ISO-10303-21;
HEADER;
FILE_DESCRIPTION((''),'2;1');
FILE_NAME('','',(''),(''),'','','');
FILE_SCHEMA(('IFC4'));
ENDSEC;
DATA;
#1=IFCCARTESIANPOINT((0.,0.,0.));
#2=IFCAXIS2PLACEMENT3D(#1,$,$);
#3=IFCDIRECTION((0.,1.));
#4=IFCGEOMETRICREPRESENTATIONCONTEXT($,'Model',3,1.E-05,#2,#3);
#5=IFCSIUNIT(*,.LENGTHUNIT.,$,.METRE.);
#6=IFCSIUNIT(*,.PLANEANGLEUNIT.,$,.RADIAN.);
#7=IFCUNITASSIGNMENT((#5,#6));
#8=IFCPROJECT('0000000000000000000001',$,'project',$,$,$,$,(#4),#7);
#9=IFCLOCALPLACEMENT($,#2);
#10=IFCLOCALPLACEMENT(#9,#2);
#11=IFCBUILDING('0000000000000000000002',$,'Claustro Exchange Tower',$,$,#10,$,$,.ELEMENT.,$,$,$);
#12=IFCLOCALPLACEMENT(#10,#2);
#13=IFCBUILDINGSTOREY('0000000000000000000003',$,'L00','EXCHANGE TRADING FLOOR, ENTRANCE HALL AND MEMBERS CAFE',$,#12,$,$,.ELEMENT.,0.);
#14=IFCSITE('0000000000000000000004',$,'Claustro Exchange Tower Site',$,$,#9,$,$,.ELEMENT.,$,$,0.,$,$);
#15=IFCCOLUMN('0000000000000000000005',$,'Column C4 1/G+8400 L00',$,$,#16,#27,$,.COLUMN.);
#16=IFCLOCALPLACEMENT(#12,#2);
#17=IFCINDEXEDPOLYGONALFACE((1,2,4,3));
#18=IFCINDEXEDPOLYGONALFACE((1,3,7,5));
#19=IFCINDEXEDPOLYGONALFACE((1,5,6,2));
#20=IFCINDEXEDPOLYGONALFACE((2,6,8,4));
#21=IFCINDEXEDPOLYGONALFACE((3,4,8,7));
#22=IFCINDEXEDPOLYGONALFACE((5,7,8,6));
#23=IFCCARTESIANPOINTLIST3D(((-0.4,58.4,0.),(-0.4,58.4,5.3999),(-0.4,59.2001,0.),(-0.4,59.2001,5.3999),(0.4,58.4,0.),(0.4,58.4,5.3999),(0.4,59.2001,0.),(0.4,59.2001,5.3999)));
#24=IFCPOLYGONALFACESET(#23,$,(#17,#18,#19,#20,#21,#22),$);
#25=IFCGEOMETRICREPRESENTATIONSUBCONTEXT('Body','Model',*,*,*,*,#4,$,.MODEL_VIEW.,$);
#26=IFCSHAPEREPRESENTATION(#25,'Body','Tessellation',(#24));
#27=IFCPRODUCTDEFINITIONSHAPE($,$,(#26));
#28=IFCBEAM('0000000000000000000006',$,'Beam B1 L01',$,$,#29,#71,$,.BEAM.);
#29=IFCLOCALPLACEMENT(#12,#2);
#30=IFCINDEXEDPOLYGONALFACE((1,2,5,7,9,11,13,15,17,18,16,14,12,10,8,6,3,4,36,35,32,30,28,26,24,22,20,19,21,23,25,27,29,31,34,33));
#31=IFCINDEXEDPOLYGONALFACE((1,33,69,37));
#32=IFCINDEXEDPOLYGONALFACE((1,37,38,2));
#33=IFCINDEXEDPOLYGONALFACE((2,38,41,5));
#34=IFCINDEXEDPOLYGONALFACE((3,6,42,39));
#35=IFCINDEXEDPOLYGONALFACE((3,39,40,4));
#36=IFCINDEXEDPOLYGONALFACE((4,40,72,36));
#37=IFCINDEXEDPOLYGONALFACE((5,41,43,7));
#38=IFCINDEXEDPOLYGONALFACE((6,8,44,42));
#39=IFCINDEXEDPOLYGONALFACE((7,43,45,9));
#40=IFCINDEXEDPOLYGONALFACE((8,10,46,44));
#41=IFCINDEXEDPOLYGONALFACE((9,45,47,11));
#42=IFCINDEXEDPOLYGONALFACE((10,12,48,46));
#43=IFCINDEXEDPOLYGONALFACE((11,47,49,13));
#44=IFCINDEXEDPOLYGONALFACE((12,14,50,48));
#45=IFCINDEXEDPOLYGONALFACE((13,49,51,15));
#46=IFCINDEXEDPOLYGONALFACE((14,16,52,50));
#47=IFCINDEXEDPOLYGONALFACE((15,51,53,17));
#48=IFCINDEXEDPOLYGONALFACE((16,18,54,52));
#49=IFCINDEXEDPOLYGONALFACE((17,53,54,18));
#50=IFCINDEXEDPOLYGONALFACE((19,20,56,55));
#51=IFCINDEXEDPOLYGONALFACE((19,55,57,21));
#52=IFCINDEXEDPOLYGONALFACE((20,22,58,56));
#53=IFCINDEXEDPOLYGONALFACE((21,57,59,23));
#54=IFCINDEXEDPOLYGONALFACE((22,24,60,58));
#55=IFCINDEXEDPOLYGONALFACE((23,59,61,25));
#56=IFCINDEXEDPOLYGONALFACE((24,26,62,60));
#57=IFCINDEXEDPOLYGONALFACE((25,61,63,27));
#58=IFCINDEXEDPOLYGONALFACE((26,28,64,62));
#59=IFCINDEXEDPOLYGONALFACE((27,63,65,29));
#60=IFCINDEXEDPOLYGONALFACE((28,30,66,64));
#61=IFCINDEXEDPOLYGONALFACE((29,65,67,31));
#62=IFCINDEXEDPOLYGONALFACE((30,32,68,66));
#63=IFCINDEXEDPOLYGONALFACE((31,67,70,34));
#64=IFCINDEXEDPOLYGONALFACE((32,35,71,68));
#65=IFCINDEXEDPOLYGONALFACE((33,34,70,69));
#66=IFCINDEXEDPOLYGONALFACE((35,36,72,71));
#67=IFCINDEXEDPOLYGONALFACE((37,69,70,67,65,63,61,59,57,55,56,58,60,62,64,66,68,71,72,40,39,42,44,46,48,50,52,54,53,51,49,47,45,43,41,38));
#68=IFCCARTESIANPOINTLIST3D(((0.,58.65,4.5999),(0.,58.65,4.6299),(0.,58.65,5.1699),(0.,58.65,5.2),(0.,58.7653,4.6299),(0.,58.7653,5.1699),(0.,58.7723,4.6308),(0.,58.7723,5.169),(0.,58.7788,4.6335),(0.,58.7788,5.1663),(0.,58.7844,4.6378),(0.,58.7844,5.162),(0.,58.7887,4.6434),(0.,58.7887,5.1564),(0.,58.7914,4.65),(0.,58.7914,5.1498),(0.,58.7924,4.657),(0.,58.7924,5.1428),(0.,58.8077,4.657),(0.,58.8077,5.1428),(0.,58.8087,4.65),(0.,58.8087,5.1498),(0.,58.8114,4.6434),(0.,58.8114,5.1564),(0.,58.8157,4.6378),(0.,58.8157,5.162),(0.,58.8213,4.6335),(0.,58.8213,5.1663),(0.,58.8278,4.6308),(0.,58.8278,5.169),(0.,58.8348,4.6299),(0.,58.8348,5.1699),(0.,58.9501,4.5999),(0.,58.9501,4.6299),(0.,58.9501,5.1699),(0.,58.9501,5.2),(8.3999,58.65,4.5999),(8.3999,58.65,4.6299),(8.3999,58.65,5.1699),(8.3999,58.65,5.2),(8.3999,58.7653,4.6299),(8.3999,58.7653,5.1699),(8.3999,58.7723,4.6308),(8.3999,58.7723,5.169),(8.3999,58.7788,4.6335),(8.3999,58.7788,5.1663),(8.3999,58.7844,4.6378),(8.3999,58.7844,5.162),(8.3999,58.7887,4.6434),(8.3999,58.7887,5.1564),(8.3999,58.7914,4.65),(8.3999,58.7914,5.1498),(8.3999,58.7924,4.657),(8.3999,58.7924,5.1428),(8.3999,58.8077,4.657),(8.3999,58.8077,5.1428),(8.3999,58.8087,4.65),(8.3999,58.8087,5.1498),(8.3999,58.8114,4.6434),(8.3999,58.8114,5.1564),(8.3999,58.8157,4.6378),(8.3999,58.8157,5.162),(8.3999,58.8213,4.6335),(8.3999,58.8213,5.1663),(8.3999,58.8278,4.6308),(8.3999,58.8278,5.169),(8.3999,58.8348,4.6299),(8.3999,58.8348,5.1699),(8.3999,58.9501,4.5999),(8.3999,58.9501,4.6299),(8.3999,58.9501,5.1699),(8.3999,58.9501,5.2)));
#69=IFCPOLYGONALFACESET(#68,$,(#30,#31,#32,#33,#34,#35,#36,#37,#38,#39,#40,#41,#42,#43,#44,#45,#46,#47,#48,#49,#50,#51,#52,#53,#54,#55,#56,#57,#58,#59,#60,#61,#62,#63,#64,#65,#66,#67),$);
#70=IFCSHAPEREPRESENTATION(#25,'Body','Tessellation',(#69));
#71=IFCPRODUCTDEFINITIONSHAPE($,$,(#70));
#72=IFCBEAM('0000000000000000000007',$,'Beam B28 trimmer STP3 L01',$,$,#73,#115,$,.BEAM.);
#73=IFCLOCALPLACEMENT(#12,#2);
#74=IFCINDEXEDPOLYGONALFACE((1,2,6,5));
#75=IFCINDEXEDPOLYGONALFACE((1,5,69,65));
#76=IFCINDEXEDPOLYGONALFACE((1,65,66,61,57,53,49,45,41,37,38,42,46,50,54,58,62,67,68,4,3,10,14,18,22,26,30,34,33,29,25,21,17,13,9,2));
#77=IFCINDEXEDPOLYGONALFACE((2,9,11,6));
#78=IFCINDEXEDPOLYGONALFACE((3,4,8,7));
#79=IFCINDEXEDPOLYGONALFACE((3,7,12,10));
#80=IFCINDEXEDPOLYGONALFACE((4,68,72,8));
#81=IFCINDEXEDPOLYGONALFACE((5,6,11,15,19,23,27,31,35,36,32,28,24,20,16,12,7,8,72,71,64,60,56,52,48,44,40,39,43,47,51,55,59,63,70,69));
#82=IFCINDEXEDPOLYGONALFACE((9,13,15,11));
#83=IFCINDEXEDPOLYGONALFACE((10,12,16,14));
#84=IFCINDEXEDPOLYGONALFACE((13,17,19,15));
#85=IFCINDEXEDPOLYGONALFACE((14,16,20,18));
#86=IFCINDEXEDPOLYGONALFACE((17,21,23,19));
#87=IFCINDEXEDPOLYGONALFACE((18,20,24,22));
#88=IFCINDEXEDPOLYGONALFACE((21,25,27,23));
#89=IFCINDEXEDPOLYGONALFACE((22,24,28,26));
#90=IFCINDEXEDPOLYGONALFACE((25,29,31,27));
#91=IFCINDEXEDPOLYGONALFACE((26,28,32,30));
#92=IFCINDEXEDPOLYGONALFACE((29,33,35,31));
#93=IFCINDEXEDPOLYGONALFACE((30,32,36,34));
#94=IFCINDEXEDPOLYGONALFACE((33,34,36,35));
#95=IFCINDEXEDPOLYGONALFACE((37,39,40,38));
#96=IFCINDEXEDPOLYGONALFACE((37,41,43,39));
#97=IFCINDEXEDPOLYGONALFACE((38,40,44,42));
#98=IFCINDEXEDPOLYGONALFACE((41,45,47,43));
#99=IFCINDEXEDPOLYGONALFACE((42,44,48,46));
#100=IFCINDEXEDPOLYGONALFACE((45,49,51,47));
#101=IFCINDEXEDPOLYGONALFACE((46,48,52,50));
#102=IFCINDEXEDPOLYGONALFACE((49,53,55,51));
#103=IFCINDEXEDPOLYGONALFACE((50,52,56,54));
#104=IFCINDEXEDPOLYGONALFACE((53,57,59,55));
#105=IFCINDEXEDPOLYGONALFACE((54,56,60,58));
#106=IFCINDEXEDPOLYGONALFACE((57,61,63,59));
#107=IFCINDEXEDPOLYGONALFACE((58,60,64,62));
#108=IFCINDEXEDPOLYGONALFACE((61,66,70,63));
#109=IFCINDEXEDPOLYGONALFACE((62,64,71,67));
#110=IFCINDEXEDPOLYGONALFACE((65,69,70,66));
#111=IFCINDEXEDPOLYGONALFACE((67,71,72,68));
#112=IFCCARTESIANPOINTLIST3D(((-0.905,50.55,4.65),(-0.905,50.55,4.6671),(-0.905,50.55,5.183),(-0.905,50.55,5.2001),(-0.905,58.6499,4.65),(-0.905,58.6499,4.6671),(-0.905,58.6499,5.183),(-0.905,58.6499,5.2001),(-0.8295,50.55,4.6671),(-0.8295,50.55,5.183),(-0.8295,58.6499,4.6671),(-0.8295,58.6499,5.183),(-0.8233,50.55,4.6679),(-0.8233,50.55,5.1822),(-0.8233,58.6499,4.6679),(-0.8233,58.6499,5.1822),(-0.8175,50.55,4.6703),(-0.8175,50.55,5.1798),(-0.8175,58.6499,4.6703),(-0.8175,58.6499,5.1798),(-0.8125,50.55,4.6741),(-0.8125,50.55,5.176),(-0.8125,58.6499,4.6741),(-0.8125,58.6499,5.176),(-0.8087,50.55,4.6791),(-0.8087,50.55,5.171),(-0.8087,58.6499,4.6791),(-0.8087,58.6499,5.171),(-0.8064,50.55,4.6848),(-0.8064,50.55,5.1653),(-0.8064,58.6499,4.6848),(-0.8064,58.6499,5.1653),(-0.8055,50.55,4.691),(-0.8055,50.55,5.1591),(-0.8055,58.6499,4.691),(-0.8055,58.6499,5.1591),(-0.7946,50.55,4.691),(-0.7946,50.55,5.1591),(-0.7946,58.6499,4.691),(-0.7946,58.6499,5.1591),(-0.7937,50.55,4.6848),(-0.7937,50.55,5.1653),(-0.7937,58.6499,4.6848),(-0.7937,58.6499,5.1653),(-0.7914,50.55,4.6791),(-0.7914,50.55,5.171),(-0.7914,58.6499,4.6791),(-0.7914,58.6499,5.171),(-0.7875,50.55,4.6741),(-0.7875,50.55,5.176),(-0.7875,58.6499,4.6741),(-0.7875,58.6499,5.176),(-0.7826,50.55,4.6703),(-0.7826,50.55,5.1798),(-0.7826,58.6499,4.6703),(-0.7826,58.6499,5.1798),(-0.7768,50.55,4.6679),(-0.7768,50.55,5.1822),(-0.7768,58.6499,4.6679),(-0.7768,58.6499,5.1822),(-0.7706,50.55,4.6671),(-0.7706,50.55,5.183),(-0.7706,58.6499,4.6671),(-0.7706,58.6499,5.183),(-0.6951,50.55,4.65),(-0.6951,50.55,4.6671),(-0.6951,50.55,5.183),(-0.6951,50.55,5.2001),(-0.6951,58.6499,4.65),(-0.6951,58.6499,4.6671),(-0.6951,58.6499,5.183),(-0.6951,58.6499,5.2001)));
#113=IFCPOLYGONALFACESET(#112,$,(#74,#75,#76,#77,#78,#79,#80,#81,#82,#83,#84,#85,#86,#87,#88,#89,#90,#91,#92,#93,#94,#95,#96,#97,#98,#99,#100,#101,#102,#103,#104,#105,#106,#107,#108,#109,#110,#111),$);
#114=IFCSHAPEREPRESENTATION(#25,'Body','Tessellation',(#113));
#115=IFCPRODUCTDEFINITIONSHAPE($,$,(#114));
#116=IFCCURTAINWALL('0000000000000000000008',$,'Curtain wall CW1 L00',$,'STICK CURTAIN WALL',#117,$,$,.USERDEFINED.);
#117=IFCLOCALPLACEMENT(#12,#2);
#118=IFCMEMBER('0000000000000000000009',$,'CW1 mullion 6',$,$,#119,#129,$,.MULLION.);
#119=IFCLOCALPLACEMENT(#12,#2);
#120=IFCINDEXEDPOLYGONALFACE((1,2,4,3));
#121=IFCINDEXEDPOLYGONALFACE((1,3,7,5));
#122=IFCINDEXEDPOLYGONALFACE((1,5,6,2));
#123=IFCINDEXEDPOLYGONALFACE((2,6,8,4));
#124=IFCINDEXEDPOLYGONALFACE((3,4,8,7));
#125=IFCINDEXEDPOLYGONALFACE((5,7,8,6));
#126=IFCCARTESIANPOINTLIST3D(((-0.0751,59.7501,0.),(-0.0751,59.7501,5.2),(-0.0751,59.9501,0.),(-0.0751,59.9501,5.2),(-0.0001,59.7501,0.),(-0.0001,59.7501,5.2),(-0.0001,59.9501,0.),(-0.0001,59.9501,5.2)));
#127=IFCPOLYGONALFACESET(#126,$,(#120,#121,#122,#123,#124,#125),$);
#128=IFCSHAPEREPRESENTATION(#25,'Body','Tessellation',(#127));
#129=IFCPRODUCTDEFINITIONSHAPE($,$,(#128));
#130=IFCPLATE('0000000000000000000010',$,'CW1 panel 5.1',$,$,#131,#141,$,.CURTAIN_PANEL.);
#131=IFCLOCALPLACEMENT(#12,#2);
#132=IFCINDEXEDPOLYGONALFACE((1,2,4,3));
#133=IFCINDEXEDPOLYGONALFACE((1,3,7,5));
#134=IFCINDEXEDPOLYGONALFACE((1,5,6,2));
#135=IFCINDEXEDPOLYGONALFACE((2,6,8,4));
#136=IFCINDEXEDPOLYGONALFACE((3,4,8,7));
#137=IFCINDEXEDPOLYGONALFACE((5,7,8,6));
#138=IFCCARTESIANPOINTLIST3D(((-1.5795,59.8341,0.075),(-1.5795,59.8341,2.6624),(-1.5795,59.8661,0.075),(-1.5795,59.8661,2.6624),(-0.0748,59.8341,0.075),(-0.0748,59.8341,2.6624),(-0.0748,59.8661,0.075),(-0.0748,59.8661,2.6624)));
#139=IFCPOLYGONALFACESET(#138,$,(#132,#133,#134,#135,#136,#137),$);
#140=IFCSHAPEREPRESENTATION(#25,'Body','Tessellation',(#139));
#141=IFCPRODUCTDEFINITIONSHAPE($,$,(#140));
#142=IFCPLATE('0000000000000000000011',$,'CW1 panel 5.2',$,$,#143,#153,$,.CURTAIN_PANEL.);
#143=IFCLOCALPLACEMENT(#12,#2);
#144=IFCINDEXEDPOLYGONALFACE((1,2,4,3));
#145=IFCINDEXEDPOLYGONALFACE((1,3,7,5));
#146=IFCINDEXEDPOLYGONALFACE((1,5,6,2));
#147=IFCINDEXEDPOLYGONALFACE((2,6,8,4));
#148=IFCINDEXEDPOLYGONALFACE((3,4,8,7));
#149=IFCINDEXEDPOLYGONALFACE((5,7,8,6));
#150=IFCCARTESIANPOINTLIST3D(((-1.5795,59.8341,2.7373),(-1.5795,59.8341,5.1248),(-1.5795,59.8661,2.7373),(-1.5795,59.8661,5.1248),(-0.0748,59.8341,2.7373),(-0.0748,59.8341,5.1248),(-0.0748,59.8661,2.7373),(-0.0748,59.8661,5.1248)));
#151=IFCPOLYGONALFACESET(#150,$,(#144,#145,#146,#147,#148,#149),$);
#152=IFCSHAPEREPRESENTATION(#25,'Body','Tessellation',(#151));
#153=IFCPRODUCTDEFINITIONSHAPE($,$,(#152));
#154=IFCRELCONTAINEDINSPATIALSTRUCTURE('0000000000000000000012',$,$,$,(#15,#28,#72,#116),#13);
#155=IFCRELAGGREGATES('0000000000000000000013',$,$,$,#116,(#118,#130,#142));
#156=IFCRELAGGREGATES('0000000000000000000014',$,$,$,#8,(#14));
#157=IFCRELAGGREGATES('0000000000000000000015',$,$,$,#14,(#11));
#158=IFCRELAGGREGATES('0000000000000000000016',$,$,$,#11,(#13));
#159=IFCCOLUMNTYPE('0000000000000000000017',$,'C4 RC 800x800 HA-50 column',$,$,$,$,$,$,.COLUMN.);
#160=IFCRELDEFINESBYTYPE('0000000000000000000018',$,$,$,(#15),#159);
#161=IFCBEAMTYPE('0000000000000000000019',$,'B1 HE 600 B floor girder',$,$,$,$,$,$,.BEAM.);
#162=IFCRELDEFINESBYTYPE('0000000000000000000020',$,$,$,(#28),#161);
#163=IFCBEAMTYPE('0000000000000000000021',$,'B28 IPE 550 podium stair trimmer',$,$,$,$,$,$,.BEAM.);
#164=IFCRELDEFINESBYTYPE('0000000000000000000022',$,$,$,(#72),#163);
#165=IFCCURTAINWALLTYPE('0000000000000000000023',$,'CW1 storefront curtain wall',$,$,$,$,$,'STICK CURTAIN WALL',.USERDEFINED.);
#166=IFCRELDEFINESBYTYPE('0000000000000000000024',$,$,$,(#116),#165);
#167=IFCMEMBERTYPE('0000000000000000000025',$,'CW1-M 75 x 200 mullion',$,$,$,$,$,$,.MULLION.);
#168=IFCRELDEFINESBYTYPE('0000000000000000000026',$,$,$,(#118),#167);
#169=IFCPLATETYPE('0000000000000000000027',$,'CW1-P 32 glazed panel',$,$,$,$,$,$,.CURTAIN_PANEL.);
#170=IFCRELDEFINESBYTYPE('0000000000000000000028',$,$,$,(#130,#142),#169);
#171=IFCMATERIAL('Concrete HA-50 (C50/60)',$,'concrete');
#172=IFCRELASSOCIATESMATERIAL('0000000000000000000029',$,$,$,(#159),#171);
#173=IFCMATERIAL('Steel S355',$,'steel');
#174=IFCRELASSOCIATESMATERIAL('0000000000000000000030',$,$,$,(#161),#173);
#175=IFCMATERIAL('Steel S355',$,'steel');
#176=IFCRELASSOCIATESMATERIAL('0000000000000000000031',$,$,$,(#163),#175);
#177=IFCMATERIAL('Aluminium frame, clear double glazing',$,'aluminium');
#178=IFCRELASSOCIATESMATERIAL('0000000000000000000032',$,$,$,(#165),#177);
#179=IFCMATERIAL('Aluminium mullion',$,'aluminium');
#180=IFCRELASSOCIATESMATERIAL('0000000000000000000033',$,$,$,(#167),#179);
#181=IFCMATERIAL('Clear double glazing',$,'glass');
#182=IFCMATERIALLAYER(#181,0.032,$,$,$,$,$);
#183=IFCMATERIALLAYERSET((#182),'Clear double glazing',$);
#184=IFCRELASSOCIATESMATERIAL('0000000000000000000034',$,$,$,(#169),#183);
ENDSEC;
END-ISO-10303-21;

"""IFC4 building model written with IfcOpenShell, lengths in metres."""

from ifc_helpers import new_model, si_unit, direction, frame, origin, origin_2d, place, context, subcontext, project, spatial, rectangle, i_section, extrude, material, layer, layer_set, material_profile, profile_set, type_object, element, aggregate, save


model = new_model("IFC4")

# Units and contexts
model_context = context("Model", 3, precision=1e-05, world=origin(), true_north=direction((0.0, 1.0)))
body_context = subcontext(model_context, "Body", "Model", "MODEL_VIEW")
ifc_project = project(units=[si_unit("LENGTHUNIT", "METRE"), si_unit("PLANEANGLEUNIT", "RADIAN")], contexts=[model_context])

# Site, building, storey
site_placement = place(None, origin())
site = spatial("IfcSite", under=ifc_project, at=site_placement, Name="Claustro Exchange Tower Site", CompositionType="ELEMENT", RefElevation=0.0)
building_placement = place(site_placement, origin())
building = spatial("IfcBuilding", under=site, at=building_placement, Name="Claustro Exchange Tower", CompositionType="ELEMENT")
storey_placement = place(building_placement, origin())
storey = spatial("IfcBuildingStorey", under=building, at=storey_placement, Name="L00", Description="EXCHANGE TRADING FLOOR, ENTRANCE HALL AND MEMBERS CAFE", CompositionType="ELEMENT", Elevation=0.0)

# Column
ifc_material_1 = material(Name="Concrete HA-50 (C50/60)", Category="concrete")
ifc_material_profile_1 = material_profile(ifc_material_1, rectangle(XDim=0.8, YDim=0.8, at=origin_2d()), Name="RC 800x800")
ifc_profile_set_1 = profile_set([ifc_material_profile_1], Name="Concrete HA-50 (C50/60)")
column_type = type_object("IfcColumnType", Name="C4 RC 800x800 HA-50 column", PredefinedType="COLUMN", material=ifc_profile_set_1)
column_placement = place(storey_placement, frame((0.0, 58.8, 0.0), z_axis=(0.0, 0.0, 1.0), x_axis=(1.0, 0.0, 0.0)))
element("IfcColumn", 1, at=column_placement, inside=storey, type_object=column_type, Name="Column C4 1/G+8400 L00", PredefinedType="COLUMN", context=body_context, shape_type="SweptSolid", body=[
    extrude(rectangle(XDim=0.8, YDim=0.8, at=origin_2d()), origin(), (0.0, 0.0, 1.0), 5.3999),
])

# Beams
ifc_material_2 = material(Name="Steel S355", Category="steel")
ifc_material_profile_2 = material_profile(ifc_material_2, i_section(OverallWidth=0.3, OverallDepth=0.6001, WebThickness=0.0154, FlangeThickness=0.03, FilletRadius=0.0271, at=origin_2d()), Name="HE 600 B")
ifc_profile_set_2 = profile_set([ifc_material_profile_2], Name="Steel S355")
beam_type_1 = type_object("IfcBeamType", Name="B1 HE 600 B floor girder", PredefinedType="BEAM", material=ifc_profile_set_2)
beam_1_placement = place(storey_placement, frame((0.0, 58.8, 4.8999), z_axis=(1.0, 0.0, 0.0), x_axis=(0.0, 1.0, 0.0)))
element("IfcBeam", 2, at=beam_1_placement, inside=storey, type_object=beam_type_1, Name="Beam B1 L01", PredefinedType="BEAM", context=body_context, shape_type="SweptSolid", body=[
    extrude(i_section(OverallWidth=0.3, OverallDepth=0.6001, WebThickness=0.0154, FlangeThickness=0.03, FilletRadius=0.0271, at=origin_2d()), origin(), (0.0, 0.0, 1.0), 8.3999),
])
ifc_material_3 = material(Name="Steel S355", Category="steel")
ifc_material_profile_3 = material_profile(ifc_material_3, i_section(OverallWidth=0.21, OverallDepth=0.55, WebThickness=0.011, FlangeThickness=0.0171, FilletRadius=0.0239, at=origin_2d()), Name="IPE 550")
ifc_profile_set_3 = profile_set([ifc_material_profile_3], Name="Steel S355")
beam_type_2 = type_object("IfcBeamType", Name="B28 IPE 550 podium stair trimmer", PredefinedType="BEAM", material=ifc_profile_set_3)
beam_2_placement = place(storey_placement, frame((-0.8, 50.55, 4.925), z_axis=(0.0, 1.0, 0.0), x_axis=(-1.0, 0.0, 0.0)))
element("IfcBeam", 3, at=beam_2_placement, inside=storey, type_object=beam_type_2, Name="Beam B28 trimmer STP3 L01", PredefinedType="BEAM", context=body_context, shape_type="SweptSolid", body=[
    extrude(i_section(OverallWidth=0.21, OverallDepth=0.55, WebThickness=0.011, FlangeThickness=0.0171, FilletRadius=0.0239, at=origin_2d()), origin(), (0.0, 0.0, 1.0), 8.0999),
])

# Curtain wall, member, plates
ifc_material_4 = material(Name="Aluminium frame, clear double glazing", Category="aluminium")
curtain_wall_type = type_object("IfcCurtainWallType", Name="CW1 storefront curtain wall", ElementType="STICK CURTAIN WALL", PredefinedType="USERDEFINED", material=ifc_material_4)
curtain_wall_placement = place(storey_placement, origin())
curtain_wall = element("IfcCurtainWall", 4, at=curtain_wall_placement, inside=storey, type_object=curtain_wall_type, Name="Curtain wall CW1 L00", ObjectType="STICK CURTAIN WALL", PredefinedType="USERDEFINED")
ifc_material_5 = material(Name="Aluminium mullion", Category="aluminium")
ifc_material_profile_4 = material_profile(ifc_material_5, rectangle(XDim=0.2, YDim=0.075, at=origin_2d()), Name="CW1-M 75x200")
ifc_profile_set_4 = profile_set([ifc_material_profile_4], Name="Aluminium mullion")
member_type = type_object("IfcMemberType", Name="CW1-M 75 x 200 mullion", PredefinedType="MULLION", material=ifc_profile_set_4)
member_placement = place(storey_placement, frame((-0.0376, 59.8501, 0.0), z_axis=(0.0, 0.0, 1.0), x_axis=(0.0, 1.0, 0.0)))
member = element("IfcMember", 5, at=member_placement, type_object=member_type, Name="CW1 mullion 6", PredefinedType="MULLION", context=body_context, shape_type="SweptSolid", body=[
    extrude(rectangle(XDim=0.2, YDim=0.075, at=origin_2d()), origin(), (0.0, 0.0, 1.0), 5.2),
])
ifc_material_6 = material(Name="Clear double glazing", Category="glass")
ifc_layer_1 = layer(ifc_material_6, 0.032)
ifc_layer_set_1 = layer_set([ifc_layer_1], Name="Clear double glazing")
plate_type = type_object("IfcPlateType", Name="CW1-P 32 glazed panel", PredefinedType="CURTAIN_PANEL", material=ifc_layer_set_1)
plate_1_placement = place(storey_placement, frame((-0.8271, 59.8501, 0.075), z_axis=(0.0, 0.0, 1.0), x_axis=(1.0, 0.0, 0.0)))
plate_1 = element("IfcPlate", 6, at=plate_1_placement, type_object=plate_type, Name="CW1 panel 5.1", PredefinedType="CURTAIN_PANEL", context=body_context, shape_type="SweptSolid", body=[
    extrude(rectangle(XDim=1.5046, YDim=0.032, at=origin_2d()), origin(), (0.0, 0.0, 1.0), 2.5874),
])
plate_2_placement = place(storey_placement, frame((-0.8271, 59.8501, 2.7373), z_axis=(0.0, 0.0, 1.0), x_axis=(1.0, 0.0, 0.0)))
plate_2 = element("IfcPlate", 7, at=plate_2_placement, type_object=plate_type, Name="CW1 panel 5.2", PredefinedType="CURTAIN_PANEL", context=body_context, shape_type="SweptSolid", body=[
    extrude(rectangle(XDim=1.5046, YDim=0.032, at=origin_2d()), origin(), (0.0, 0.0, 1.0), 2.3875),
])
aggregate(curtain_wall, [member, plate_1, plate_2])

save(model, "model.ifc")
